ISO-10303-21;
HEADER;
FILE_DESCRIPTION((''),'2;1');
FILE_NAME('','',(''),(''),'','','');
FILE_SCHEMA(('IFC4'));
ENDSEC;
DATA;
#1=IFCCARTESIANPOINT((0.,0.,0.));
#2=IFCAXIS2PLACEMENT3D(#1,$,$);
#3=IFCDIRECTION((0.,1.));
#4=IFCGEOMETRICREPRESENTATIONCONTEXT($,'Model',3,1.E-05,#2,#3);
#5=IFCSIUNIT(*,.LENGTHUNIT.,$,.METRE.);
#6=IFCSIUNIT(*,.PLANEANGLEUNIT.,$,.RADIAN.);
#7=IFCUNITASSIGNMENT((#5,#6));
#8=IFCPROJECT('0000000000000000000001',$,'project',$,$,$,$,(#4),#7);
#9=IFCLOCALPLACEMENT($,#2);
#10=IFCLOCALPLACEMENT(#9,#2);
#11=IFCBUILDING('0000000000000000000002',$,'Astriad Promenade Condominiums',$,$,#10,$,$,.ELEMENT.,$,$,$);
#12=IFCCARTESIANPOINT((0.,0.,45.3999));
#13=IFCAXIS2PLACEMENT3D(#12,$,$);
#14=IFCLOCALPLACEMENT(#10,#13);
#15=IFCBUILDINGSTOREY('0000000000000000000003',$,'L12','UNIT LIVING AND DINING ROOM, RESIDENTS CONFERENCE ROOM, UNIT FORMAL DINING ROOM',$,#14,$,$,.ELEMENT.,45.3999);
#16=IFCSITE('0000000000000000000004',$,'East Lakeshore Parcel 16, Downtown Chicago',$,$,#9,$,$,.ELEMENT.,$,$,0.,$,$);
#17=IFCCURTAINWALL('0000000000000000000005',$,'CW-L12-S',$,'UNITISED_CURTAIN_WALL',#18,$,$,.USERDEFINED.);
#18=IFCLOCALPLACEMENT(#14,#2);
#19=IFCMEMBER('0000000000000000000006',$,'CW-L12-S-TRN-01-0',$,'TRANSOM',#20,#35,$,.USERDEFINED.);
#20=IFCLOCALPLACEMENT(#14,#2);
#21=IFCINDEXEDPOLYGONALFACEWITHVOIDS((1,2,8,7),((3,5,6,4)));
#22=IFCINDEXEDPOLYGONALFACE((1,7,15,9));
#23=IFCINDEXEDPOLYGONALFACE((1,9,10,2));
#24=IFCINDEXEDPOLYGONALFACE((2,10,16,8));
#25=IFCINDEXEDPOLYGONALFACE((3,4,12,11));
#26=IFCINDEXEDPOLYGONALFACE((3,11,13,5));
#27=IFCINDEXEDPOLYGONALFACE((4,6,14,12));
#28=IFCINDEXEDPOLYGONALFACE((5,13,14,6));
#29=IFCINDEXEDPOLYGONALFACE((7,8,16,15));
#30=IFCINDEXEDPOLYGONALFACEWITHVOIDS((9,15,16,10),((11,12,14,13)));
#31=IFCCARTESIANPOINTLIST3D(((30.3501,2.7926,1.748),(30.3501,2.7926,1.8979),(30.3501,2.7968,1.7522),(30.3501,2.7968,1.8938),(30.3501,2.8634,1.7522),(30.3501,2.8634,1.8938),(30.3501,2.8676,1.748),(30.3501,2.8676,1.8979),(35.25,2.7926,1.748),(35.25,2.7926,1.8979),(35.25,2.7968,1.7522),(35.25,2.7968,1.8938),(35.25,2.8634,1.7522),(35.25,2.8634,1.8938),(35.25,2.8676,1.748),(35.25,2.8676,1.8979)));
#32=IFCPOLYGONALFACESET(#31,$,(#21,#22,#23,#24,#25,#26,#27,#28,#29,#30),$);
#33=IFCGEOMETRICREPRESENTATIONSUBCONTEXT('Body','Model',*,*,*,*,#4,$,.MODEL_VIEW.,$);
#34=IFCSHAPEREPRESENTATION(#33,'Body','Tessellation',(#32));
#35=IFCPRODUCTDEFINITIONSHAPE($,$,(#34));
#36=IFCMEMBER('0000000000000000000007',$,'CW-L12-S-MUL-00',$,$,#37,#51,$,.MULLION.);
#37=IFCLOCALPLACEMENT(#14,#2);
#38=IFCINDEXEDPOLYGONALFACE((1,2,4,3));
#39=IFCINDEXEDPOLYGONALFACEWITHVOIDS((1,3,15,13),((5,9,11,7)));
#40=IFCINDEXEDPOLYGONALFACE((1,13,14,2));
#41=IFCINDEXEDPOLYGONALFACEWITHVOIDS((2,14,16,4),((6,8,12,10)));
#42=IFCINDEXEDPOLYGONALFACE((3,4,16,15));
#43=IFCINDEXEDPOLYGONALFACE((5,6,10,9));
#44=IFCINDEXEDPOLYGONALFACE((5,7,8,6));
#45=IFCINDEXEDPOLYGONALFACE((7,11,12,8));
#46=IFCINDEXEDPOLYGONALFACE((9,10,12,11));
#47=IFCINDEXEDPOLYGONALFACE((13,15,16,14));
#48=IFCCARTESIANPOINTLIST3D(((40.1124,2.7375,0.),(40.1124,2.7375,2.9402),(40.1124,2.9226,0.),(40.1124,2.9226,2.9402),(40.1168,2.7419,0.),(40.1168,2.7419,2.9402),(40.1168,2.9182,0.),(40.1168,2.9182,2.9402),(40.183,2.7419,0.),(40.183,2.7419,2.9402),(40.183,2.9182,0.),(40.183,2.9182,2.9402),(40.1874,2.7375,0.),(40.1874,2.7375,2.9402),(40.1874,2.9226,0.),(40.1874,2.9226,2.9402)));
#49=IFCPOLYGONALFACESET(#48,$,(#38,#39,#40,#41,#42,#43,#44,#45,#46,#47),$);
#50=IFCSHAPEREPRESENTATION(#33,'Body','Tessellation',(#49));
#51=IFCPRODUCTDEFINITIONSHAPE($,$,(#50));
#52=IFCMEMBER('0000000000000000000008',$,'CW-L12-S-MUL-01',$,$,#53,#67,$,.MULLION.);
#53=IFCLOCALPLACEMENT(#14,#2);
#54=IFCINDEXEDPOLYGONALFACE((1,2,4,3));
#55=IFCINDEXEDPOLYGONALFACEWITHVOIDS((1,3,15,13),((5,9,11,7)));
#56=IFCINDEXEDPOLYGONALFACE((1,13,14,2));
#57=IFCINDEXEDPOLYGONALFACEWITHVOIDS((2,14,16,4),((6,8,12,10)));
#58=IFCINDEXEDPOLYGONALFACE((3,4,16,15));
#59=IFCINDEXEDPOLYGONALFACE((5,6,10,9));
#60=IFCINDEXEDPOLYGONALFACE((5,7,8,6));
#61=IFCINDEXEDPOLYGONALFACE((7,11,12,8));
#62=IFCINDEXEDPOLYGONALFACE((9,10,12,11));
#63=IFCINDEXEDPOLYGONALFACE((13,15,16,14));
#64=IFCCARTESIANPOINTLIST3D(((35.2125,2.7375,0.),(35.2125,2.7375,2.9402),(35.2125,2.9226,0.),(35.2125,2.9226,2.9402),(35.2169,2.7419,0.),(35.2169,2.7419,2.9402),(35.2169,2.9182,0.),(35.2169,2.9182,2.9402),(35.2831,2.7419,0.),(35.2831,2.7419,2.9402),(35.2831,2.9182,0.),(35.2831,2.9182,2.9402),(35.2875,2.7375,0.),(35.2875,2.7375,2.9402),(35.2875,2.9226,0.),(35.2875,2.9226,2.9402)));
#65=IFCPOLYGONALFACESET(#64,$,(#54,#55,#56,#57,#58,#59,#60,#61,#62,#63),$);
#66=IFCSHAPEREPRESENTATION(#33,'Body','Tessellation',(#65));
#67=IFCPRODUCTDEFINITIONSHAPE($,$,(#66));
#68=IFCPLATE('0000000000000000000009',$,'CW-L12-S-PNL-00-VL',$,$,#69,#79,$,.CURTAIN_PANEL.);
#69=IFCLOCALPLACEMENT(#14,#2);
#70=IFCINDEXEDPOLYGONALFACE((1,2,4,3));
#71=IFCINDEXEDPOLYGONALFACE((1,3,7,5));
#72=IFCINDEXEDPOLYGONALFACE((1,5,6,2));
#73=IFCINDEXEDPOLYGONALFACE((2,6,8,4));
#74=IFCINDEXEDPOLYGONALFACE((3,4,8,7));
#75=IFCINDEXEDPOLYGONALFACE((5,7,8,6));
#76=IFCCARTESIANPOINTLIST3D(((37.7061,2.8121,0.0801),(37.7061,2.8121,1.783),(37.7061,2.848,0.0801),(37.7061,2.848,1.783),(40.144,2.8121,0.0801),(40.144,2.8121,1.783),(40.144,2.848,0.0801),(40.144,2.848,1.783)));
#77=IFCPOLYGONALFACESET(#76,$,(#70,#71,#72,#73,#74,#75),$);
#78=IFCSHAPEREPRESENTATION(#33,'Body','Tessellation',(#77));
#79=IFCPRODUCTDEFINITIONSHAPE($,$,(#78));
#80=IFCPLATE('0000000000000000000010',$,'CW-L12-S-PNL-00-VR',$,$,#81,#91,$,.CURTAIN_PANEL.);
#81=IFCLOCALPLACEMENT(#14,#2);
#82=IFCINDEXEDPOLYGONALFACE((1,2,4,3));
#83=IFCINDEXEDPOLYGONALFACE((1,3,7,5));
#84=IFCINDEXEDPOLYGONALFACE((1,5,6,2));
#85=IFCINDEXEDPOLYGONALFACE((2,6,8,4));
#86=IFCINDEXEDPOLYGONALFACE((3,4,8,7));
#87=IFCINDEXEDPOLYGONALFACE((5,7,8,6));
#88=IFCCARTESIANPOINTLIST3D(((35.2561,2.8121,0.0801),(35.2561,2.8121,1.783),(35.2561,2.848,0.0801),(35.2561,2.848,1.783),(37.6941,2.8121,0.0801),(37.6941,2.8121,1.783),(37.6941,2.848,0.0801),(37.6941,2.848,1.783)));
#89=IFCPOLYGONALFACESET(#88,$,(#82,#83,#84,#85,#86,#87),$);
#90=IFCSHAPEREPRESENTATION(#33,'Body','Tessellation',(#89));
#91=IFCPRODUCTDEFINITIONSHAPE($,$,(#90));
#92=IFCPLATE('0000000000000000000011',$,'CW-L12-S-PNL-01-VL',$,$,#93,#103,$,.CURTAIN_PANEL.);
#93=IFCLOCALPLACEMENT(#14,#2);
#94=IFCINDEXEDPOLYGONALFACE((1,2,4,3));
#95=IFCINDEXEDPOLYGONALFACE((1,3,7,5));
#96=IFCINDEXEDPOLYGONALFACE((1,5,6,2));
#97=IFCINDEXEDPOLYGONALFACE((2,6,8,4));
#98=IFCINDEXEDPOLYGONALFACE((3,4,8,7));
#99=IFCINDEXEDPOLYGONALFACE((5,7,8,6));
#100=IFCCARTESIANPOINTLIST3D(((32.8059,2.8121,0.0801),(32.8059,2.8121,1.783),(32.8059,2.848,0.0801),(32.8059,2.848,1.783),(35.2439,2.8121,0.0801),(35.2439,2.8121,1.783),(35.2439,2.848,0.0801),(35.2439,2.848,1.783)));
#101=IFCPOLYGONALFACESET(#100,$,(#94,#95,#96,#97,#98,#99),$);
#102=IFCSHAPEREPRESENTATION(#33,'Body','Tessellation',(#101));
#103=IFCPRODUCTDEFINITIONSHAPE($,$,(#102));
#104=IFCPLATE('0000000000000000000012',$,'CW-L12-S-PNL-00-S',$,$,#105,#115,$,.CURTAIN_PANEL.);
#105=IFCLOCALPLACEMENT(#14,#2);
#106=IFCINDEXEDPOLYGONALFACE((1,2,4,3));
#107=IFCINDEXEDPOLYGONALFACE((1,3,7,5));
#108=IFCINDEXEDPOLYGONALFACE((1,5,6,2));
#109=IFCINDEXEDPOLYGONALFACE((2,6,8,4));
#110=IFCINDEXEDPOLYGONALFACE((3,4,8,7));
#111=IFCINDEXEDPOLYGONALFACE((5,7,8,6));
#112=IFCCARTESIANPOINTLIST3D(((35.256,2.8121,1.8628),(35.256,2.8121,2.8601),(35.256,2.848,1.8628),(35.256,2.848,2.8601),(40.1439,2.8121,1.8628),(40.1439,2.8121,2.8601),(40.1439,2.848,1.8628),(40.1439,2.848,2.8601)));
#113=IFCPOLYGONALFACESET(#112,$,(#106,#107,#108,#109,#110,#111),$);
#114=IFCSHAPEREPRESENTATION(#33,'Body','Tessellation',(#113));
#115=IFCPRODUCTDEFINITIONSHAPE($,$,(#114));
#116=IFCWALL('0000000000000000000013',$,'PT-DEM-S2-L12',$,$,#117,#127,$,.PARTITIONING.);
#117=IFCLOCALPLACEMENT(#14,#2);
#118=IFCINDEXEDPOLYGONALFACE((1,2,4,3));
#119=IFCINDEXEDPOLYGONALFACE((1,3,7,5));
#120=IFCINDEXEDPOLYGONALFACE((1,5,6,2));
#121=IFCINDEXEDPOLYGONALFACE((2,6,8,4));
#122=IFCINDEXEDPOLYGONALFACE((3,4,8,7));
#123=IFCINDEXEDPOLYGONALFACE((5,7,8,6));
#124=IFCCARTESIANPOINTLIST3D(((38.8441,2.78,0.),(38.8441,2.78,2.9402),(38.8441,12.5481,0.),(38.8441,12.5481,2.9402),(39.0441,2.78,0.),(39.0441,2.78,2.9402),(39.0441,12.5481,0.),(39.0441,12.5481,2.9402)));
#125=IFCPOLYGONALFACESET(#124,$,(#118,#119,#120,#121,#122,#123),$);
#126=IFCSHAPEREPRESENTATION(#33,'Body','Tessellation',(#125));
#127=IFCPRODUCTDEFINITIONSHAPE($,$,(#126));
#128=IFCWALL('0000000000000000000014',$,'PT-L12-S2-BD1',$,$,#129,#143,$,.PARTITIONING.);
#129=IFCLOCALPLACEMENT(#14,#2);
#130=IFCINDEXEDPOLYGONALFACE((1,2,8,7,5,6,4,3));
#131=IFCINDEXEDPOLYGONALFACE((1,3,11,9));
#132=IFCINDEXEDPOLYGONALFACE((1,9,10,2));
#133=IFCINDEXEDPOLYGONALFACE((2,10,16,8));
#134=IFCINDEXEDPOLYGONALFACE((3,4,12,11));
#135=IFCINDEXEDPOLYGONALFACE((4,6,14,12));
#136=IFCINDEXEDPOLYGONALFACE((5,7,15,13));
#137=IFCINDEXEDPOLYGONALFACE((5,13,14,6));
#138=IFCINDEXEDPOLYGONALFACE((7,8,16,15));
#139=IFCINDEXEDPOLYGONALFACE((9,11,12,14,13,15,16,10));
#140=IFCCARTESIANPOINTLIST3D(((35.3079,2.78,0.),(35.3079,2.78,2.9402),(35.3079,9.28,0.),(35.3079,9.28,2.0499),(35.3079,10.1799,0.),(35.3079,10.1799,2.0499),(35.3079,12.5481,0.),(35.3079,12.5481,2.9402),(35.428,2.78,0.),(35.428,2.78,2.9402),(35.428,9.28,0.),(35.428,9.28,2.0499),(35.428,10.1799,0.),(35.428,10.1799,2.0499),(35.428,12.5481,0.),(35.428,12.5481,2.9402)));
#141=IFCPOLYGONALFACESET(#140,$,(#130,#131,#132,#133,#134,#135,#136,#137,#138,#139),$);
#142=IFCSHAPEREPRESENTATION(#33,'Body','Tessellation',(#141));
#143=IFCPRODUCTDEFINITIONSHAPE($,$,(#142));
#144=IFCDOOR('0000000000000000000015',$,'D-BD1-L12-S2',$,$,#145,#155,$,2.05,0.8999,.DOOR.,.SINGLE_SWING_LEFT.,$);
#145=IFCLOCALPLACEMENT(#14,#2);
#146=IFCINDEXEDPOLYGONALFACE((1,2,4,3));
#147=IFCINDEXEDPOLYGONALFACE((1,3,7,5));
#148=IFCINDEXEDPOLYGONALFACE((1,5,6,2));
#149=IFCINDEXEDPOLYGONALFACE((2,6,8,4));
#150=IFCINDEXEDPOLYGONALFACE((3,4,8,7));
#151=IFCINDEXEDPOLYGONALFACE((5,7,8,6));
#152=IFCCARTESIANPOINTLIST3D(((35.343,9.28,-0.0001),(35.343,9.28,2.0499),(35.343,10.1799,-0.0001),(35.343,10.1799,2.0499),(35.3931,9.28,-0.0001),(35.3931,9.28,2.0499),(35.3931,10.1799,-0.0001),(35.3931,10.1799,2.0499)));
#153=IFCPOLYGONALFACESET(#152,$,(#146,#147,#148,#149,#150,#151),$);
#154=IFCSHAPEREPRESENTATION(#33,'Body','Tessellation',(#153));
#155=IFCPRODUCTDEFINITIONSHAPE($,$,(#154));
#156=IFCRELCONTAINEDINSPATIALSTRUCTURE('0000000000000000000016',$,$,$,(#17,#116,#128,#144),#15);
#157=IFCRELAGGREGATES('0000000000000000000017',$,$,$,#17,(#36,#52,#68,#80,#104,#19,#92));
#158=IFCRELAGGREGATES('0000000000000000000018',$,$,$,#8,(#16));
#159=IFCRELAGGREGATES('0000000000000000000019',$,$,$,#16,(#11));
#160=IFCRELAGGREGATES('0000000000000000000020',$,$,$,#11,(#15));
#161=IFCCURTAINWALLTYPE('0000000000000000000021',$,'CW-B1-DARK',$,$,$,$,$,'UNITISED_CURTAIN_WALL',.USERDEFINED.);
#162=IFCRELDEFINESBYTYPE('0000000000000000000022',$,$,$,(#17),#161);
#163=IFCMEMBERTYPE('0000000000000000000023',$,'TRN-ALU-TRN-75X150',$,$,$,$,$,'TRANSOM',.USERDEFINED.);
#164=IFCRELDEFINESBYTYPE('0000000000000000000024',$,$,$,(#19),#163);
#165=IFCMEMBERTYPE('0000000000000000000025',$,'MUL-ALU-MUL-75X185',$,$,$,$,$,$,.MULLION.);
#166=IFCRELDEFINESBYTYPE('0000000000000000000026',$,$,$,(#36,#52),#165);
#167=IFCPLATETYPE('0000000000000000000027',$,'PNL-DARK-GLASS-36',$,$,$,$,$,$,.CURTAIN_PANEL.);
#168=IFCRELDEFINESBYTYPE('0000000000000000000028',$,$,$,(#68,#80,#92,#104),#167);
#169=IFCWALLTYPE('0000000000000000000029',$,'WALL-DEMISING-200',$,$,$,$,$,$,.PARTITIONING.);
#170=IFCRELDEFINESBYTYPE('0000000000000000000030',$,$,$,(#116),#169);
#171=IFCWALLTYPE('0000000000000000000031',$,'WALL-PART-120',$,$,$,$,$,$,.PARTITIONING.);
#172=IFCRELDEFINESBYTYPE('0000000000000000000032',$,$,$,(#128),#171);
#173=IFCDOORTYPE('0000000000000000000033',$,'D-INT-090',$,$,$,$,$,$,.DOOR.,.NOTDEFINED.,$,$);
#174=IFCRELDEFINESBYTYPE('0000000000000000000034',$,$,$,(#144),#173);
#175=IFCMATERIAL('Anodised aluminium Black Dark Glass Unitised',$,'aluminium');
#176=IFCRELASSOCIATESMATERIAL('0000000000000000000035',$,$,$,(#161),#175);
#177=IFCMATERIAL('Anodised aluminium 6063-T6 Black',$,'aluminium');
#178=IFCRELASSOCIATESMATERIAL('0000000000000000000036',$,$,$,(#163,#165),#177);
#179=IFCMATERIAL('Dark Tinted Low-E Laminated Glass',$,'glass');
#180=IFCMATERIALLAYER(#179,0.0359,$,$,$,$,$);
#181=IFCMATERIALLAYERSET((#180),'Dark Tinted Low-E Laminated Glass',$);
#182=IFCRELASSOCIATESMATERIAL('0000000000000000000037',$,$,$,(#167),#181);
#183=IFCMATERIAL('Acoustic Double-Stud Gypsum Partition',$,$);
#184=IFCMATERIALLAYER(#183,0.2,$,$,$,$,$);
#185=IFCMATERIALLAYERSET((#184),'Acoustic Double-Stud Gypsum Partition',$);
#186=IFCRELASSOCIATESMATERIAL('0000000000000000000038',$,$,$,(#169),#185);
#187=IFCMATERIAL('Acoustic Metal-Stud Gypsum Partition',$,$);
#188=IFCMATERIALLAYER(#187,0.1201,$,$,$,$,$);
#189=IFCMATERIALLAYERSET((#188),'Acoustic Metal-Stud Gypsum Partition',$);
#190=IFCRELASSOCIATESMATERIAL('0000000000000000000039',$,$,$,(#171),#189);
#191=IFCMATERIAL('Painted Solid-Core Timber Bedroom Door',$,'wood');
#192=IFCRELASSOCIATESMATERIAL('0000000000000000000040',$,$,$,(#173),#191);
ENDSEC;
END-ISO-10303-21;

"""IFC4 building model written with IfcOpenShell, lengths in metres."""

from ifc_helpers import new_model, si_unit, direction, frame, frame_2d, origin, origin_2d, place, context, subcontext, project, spatial, rectangle, hollow_rectangle, extrude, source, transform, mapped, material, layer, layer_set, material_profile, profile_set, type_object, type_shapes, element, fill, aggregate, save


model = new_model("IFC4")

# Units and contexts
model_context = context("Model", 3, precision=1e-05, world=origin(), true_north=direction((0.0, 1.0)))
body_context = subcontext(model_context, "Body", "Model", "MODEL_VIEW")
ifc_project = project(units=[si_unit("LENGTHUNIT", "METRE"), si_unit("PLANEANGLEUNIT", "RADIAN")], contexts=[model_context])

# Site, building, storey
site_placement = place(None, origin())
site = spatial("IfcSite", under=ifc_project, at=site_placement, Name="East Lakeshore Parcel 16, Downtown Chicago", CompositionType="ELEMENT", RefElevation=0.0)
building_placement = place(site_placement, origin())
building = spatial("IfcBuilding", under=site, at=building_placement, Name="Astriad Promenade Condominiums", CompositionType="ELEMENT")
storey_placement = place(building_placement, frame((0.0, 0.0, 45.3999)))
storey = spatial("IfcBuildingStorey", under=building, at=storey_placement, Name="L12", Description="UNIT LIVING AND DINING ROOM, RESIDENTS CONFERENCE ROOM, UNIT FORMAL DINING ROOM", CompositionType="ELEMENT", Elevation=45.3999)

# Curtain wall, members, plates
ifc_material_1 = material(Name="Anodised aluminium Black Dark Glass Unitised", Category="aluminium")
curtain_wall_type = type_object("IfcCurtainWallType", Name="CW-B1-DARK", ElementType="UNITISED_CURTAIN_WALL", PredefinedType="USERDEFINED", material=ifc_material_1)
curtain_wall_placement = place(storey_placement, origin())
curtain_wall = element("IfcCurtainWall", 1, at=curtain_wall_placement, inside=storey, type_object=curtain_wall_type, Name="CW-L12-S", ObjectType="UNITISED_CURTAIN_WALL", PredefinedType="USERDEFINED")
ifc_material_2 = material(Name="Anodised aluminium 6063-T6 Black", Category="aluminium")
ifc_material_profile_1 = material_profile(ifc_material_2, hollow_rectangle(XDim=0.075, YDim=0.1499, WallThickness=0.0042, at=origin_2d()), Name="ALU-TRN-75X150")
ifc_profile_set_1 = profile_set([ifc_material_profile_1], Name="Anodised aluminium 6063-T6 Black")
member_type_1 = type_object("IfcMemberType", Name="TRN-ALU-TRN-75X150", ElementType="TRANSOM", PredefinedType="USERDEFINED", material=ifc_profile_set_1)
shared_shape_1 = source(origin(), body_context, "Body", "SweptSolid", [
    extrude(hollow_rectangle(XDim=0.075, YDim=0.1499, WallThickness=0.0042, at=origin_2d()), origin(), (0.0, 0.0, 1.0), 4.8999),
])
type_shapes(member_type_1, [shared_shape_1])
member_1_placement = place(storey_placement, frame((35.25, 2.8301, 1.823), z_axis=(-1.0, 0.0, 0.0), x_axis=(0.0, -1.0, 0.0)))
member_1 = element("IfcMember", 2, at=member_1_placement, type_object=member_type_1, Name="CW-L12-S-TRN-01-0", ObjectType="TRANSOM", PredefinedType="USERDEFINED", context=body_context, shape_type="MappedRepresentation", body=[
    mapped(shared_shape_1, transform((0.0, 0.0, 0.0), scale=1.0)),
])
ifc_material_profile_2 = material_profile(ifc_material_2, hollow_rectangle(XDim=0.075, YDim=0.1851, WallThickness=0.0044, at=origin_2d()), Name="ALU-MUL-75X185")
ifc_profile_set_2 = profile_set([ifc_material_profile_2], Name="Anodised aluminium 6063-T6 Black")
member_type_2 = type_object("IfcMemberType", Name="MUL-ALU-MUL-75X185", PredefinedType="MULLION", material=ifc_profile_set_2)
shared_shape_2 = source(origin(), body_context, "Body", "SweptSolid", [
    extrude(hollow_rectangle(XDim=0.075, YDim=0.1851, WallThickness=0.0044, at=origin_2d()), origin(), (0.0, 0.0, 1.0), 2.9402),
])
type_shapes(member_type_2, [shared_shape_2])
member_2_placement = place(storey_placement, frame((40.1499, 2.8301, 0.0), z_axis=(0.0, 0.0, 1.0), x_axis=(1.0, 0.0, 0.0)))
member_2 = element("IfcMember", 3, at=member_2_placement, type_object=member_type_2, Name="CW-L12-S-MUL-00", PredefinedType="MULLION", context=body_context, shape_type="MappedRepresentation", body=[
    mapped(shared_shape_2, transform((0.0, 0.0, 0.0), scale=1.0)),
])
member_3_placement = place(storey_placement, frame((35.25, 2.8301, 0.0), z_axis=(0.0, 0.0, 1.0), x_axis=(1.0, 0.0, 0.0)))
member_3 = element("IfcMember", 4, at=member_3_placement, type_object=member_type_2, Name="CW-L12-S-MUL-01", PredefinedType="MULLION", context=body_context, shape_type="MappedRepresentation", body=[
    mapped(shared_shape_2, transform((0.0, 0.0, 0.0), scale=1.0)),
])
ifc_material_3 = material(Name="Dark Tinted Low-E Laminated Glass", Category="glass")
ifc_layer_1 = layer(ifc_material_3, 0.0359)
ifc_layer_set_1 = layer_set([ifc_layer_1], Name="Dark Tinted Low-E Laminated Glass")
plate_type = type_object("IfcPlateType", Name="PNL-DARK-GLASS-36", PredefinedType="CURTAIN_PANEL", material=ifc_layer_set_1)
shared_shape_3 = source(origin(), body_context, "Body", "SweptSolid", [
    extrude(rectangle(XDim=2.438, YDim=0.0359, at=origin_2d()), origin(), (0.0, 0.0, 1.0), 1.7029),
])
plate_1_placement = place(storey_placement, frame((38.925, 2.8301, 0.0801), z_axis=(0.0, 0.0, 1.0), x_axis=(-1.0, 0.0, 0.0)))
plate_1 = element("IfcPlate", 5, at=plate_1_placement, type_object=plate_type, Name="CW-L12-S-PNL-00-VL", PredefinedType="CURTAIN_PANEL", context=body_context, shape_type="MappedRepresentation", body=[
    mapped(shared_shape_3, transform((0.0, 0.0, 0.0), scale=1.0)),
])
plate_2_placement = place(storey_placement, frame((36.4751, 2.8301, 0.0801), z_axis=(0.0, 0.0, 1.0), x_axis=(-1.0, 0.0, 0.0)))
plate_2 = element("IfcPlate", 6, at=plate_2_placement, type_object=plate_type, Name="CW-L12-S-PNL-00-VR", PredefinedType="CURTAIN_PANEL", context=body_context, shape_type="MappedRepresentation", body=[
    mapped(shared_shape_3, transform((0.0, 0.0, 0.0), scale=1.0)),
])
plate_3_placement = place(storey_placement, frame((34.0249, 2.8301, 0.0801), z_axis=(0.0, 0.0, 1.0), x_axis=(-1.0, 0.0, 0.0)))
plate_3 = element("IfcPlate", 7, at=plate_3_placement, type_object=plate_type, Name="CW-L12-S-PNL-01-VL", PredefinedType="CURTAIN_PANEL", context=body_context, shape_type="MappedRepresentation", body=[
    mapped(shared_shape_3, transform((0.0, 0.0, 0.0), scale=1.0)),
])
shared_shape_4 = source(origin(), body_context, "Body", "SweptSolid", [
    extrude(rectangle(XDim=4.8879, YDim=0.0359, at=origin_2d()), origin(), (0.0, 0.0, 1.0), 0.9973),
])
type_shapes(plate_type, [shared_shape_3, shared_shape_4])
plate_4_placement = place(storey_placement, frame((37.7, 2.8301, 1.8628), z_axis=(0.0, 0.0, 1.0), x_axis=(-1.0, 0.0, 0.0)))
plate_4 = element("IfcPlate", 8, at=plate_4_placement, type_object=plate_type, Name="CW-L12-S-PNL-00-S", PredefinedType="CURTAIN_PANEL", context=body_context, shape_type="MappedRepresentation", body=[
    mapped(shared_shape_4, transform((0.0, 0.0, 0.0), scale=1.0)),
])
aggregate(curtain_wall, [member_2, member_3, plate_1, plate_2, plate_4, member_1, plate_3])

# Wall
ifc_material_4 = material(Name="Acoustic Double-Stud Gypsum Partition")
ifc_layer_2 = layer(ifc_material_4, 0.2)
ifc_layer_set_2 = layer_set([ifc_layer_2], Name="Acoustic Double-Stud Gypsum Partition")
wall_type_1 = type_object("IfcWallType", Name="WALL-DEMISING-200", PredefinedType="PARTITIONING", material=ifc_layer_set_2)
wall_1_placement = place(storey_placement, frame((38.9441, 2.78, 0.0), z_axis=(0.0, 0.0, 1.0), x_axis=(0.0, 1.0, 0.0)))
element("IfcWall", 9, at=wall_1_placement, inside=storey, type_object=wall_type_1, Name="PT-DEM-S2-L12", PredefinedType="PARTITIONING", context=body_context, shape_type="SweptSolid", body=[
    extrude(rectangle(XDim=9.7681, YDim=0.2, at=frame_2d((4.884, 0.0))), origin(), (0.0, 0.0, 1.0), 2.9402),
])

# Wall, opening, door
ifc_material_5 = material(Name="Acoustic Metal-Stud Gypsum Partition")
ifc_layer_3 = layer(ifc_material_5, 0.1201)
ifc_layer_set_3 = layer_set([ifc_layer_3], Name="Acoustic Metal-Stud Gypsum Partition")
wall_type_2 = type_object("IfcWallType", Name="WALL-PART-120", PredefinedType="PARTITIONING", material=ifc_layer_set_3)
wall_2_placement = place(storey_placement, frame((35.3679, 2.78, 0.0), z_axis=(0.0, 0.0, 1.0), x_axis=(0.0, 1.0, 0.0)))
wall_2 = element("IfcWall", 10, at=wall_2_placement, inside=storey, type_object=wall_type_2, Name="PT-L12-S2-BD1", PredefinedType="PARTITIONING", context=body_context, shape_type="SweptSolid", body=[
    extrude(rectangle(XDim=9.7681, YDim=0.1201, at=frame_2d((4.884, 0.0))), origin(), (0.0, 0.0, 1.0), 2.9402),
])
opening_1_placement = place(wall_2_placement, frame((6.5, 0.0, 0.0)))
opening_1 = element("IfcOpeningElement", 11, at=opening_1_placement, cuts=wall_2, PredefinedType="OPENING", context=body_context, shape_type="SweptSolid", body=[
    extrude(rectangle(XDim=0.8999, YDim=2.05, at=frame_2d((0.45, 1.0249))), frame((0.0, 0.0701, 0.0), z_axis=(0.0, -1.0, 0.0), x_axis=(1.0, 0.0, 0.0)), (0.0, 0.0, 1.0), 0.1401),
])
ifc_material_6 = material(Name="Painted Solid-Core Timber Bedroom Door", Category="wood")
door_type_1 = type_object("IfcDoorType", Name="D-INT-090", OperationType="NOTDEFINED", PredefinedType="DOOR", material=ifc_material_6)
shared_shape_5 = source(origin(), body_context, "Body", "SweptSolid", [
    extrude(rectangle(XDim=0.8999, YDim=2.05, at=frame_2d((0.45, 1.0249))), frame((0.0, 0.0249, 0.0), z_axis=(0.0, -1.0, 0.0), x_axis=(1.0, 0.0, 0.0)), (0.0, 0.0, 1.0), 0.05),
])
type_shapes(door_type_1, [shared_shape_5])
door_1_placement = place(opening_1_placement, origin())
door_1 = element("IfcDoor", 12, at=door_1_placement, inside=storey, type_object=door_type_1, Name="D-BD1-L12-S2", OperationType="SINGLE_SWING_LEFT", OverallHeight=2.05, OverallWidth=0.8999, PredefinedType="DOOR", context=body_context, shape_type="MappedRepresentation", body=[
    mapped(shared_shape_5, transform((0.0, 0.0, 0.0), scale=1.0)),
])
fill(opening_1, door_1)

save(model, "model.ifc")
